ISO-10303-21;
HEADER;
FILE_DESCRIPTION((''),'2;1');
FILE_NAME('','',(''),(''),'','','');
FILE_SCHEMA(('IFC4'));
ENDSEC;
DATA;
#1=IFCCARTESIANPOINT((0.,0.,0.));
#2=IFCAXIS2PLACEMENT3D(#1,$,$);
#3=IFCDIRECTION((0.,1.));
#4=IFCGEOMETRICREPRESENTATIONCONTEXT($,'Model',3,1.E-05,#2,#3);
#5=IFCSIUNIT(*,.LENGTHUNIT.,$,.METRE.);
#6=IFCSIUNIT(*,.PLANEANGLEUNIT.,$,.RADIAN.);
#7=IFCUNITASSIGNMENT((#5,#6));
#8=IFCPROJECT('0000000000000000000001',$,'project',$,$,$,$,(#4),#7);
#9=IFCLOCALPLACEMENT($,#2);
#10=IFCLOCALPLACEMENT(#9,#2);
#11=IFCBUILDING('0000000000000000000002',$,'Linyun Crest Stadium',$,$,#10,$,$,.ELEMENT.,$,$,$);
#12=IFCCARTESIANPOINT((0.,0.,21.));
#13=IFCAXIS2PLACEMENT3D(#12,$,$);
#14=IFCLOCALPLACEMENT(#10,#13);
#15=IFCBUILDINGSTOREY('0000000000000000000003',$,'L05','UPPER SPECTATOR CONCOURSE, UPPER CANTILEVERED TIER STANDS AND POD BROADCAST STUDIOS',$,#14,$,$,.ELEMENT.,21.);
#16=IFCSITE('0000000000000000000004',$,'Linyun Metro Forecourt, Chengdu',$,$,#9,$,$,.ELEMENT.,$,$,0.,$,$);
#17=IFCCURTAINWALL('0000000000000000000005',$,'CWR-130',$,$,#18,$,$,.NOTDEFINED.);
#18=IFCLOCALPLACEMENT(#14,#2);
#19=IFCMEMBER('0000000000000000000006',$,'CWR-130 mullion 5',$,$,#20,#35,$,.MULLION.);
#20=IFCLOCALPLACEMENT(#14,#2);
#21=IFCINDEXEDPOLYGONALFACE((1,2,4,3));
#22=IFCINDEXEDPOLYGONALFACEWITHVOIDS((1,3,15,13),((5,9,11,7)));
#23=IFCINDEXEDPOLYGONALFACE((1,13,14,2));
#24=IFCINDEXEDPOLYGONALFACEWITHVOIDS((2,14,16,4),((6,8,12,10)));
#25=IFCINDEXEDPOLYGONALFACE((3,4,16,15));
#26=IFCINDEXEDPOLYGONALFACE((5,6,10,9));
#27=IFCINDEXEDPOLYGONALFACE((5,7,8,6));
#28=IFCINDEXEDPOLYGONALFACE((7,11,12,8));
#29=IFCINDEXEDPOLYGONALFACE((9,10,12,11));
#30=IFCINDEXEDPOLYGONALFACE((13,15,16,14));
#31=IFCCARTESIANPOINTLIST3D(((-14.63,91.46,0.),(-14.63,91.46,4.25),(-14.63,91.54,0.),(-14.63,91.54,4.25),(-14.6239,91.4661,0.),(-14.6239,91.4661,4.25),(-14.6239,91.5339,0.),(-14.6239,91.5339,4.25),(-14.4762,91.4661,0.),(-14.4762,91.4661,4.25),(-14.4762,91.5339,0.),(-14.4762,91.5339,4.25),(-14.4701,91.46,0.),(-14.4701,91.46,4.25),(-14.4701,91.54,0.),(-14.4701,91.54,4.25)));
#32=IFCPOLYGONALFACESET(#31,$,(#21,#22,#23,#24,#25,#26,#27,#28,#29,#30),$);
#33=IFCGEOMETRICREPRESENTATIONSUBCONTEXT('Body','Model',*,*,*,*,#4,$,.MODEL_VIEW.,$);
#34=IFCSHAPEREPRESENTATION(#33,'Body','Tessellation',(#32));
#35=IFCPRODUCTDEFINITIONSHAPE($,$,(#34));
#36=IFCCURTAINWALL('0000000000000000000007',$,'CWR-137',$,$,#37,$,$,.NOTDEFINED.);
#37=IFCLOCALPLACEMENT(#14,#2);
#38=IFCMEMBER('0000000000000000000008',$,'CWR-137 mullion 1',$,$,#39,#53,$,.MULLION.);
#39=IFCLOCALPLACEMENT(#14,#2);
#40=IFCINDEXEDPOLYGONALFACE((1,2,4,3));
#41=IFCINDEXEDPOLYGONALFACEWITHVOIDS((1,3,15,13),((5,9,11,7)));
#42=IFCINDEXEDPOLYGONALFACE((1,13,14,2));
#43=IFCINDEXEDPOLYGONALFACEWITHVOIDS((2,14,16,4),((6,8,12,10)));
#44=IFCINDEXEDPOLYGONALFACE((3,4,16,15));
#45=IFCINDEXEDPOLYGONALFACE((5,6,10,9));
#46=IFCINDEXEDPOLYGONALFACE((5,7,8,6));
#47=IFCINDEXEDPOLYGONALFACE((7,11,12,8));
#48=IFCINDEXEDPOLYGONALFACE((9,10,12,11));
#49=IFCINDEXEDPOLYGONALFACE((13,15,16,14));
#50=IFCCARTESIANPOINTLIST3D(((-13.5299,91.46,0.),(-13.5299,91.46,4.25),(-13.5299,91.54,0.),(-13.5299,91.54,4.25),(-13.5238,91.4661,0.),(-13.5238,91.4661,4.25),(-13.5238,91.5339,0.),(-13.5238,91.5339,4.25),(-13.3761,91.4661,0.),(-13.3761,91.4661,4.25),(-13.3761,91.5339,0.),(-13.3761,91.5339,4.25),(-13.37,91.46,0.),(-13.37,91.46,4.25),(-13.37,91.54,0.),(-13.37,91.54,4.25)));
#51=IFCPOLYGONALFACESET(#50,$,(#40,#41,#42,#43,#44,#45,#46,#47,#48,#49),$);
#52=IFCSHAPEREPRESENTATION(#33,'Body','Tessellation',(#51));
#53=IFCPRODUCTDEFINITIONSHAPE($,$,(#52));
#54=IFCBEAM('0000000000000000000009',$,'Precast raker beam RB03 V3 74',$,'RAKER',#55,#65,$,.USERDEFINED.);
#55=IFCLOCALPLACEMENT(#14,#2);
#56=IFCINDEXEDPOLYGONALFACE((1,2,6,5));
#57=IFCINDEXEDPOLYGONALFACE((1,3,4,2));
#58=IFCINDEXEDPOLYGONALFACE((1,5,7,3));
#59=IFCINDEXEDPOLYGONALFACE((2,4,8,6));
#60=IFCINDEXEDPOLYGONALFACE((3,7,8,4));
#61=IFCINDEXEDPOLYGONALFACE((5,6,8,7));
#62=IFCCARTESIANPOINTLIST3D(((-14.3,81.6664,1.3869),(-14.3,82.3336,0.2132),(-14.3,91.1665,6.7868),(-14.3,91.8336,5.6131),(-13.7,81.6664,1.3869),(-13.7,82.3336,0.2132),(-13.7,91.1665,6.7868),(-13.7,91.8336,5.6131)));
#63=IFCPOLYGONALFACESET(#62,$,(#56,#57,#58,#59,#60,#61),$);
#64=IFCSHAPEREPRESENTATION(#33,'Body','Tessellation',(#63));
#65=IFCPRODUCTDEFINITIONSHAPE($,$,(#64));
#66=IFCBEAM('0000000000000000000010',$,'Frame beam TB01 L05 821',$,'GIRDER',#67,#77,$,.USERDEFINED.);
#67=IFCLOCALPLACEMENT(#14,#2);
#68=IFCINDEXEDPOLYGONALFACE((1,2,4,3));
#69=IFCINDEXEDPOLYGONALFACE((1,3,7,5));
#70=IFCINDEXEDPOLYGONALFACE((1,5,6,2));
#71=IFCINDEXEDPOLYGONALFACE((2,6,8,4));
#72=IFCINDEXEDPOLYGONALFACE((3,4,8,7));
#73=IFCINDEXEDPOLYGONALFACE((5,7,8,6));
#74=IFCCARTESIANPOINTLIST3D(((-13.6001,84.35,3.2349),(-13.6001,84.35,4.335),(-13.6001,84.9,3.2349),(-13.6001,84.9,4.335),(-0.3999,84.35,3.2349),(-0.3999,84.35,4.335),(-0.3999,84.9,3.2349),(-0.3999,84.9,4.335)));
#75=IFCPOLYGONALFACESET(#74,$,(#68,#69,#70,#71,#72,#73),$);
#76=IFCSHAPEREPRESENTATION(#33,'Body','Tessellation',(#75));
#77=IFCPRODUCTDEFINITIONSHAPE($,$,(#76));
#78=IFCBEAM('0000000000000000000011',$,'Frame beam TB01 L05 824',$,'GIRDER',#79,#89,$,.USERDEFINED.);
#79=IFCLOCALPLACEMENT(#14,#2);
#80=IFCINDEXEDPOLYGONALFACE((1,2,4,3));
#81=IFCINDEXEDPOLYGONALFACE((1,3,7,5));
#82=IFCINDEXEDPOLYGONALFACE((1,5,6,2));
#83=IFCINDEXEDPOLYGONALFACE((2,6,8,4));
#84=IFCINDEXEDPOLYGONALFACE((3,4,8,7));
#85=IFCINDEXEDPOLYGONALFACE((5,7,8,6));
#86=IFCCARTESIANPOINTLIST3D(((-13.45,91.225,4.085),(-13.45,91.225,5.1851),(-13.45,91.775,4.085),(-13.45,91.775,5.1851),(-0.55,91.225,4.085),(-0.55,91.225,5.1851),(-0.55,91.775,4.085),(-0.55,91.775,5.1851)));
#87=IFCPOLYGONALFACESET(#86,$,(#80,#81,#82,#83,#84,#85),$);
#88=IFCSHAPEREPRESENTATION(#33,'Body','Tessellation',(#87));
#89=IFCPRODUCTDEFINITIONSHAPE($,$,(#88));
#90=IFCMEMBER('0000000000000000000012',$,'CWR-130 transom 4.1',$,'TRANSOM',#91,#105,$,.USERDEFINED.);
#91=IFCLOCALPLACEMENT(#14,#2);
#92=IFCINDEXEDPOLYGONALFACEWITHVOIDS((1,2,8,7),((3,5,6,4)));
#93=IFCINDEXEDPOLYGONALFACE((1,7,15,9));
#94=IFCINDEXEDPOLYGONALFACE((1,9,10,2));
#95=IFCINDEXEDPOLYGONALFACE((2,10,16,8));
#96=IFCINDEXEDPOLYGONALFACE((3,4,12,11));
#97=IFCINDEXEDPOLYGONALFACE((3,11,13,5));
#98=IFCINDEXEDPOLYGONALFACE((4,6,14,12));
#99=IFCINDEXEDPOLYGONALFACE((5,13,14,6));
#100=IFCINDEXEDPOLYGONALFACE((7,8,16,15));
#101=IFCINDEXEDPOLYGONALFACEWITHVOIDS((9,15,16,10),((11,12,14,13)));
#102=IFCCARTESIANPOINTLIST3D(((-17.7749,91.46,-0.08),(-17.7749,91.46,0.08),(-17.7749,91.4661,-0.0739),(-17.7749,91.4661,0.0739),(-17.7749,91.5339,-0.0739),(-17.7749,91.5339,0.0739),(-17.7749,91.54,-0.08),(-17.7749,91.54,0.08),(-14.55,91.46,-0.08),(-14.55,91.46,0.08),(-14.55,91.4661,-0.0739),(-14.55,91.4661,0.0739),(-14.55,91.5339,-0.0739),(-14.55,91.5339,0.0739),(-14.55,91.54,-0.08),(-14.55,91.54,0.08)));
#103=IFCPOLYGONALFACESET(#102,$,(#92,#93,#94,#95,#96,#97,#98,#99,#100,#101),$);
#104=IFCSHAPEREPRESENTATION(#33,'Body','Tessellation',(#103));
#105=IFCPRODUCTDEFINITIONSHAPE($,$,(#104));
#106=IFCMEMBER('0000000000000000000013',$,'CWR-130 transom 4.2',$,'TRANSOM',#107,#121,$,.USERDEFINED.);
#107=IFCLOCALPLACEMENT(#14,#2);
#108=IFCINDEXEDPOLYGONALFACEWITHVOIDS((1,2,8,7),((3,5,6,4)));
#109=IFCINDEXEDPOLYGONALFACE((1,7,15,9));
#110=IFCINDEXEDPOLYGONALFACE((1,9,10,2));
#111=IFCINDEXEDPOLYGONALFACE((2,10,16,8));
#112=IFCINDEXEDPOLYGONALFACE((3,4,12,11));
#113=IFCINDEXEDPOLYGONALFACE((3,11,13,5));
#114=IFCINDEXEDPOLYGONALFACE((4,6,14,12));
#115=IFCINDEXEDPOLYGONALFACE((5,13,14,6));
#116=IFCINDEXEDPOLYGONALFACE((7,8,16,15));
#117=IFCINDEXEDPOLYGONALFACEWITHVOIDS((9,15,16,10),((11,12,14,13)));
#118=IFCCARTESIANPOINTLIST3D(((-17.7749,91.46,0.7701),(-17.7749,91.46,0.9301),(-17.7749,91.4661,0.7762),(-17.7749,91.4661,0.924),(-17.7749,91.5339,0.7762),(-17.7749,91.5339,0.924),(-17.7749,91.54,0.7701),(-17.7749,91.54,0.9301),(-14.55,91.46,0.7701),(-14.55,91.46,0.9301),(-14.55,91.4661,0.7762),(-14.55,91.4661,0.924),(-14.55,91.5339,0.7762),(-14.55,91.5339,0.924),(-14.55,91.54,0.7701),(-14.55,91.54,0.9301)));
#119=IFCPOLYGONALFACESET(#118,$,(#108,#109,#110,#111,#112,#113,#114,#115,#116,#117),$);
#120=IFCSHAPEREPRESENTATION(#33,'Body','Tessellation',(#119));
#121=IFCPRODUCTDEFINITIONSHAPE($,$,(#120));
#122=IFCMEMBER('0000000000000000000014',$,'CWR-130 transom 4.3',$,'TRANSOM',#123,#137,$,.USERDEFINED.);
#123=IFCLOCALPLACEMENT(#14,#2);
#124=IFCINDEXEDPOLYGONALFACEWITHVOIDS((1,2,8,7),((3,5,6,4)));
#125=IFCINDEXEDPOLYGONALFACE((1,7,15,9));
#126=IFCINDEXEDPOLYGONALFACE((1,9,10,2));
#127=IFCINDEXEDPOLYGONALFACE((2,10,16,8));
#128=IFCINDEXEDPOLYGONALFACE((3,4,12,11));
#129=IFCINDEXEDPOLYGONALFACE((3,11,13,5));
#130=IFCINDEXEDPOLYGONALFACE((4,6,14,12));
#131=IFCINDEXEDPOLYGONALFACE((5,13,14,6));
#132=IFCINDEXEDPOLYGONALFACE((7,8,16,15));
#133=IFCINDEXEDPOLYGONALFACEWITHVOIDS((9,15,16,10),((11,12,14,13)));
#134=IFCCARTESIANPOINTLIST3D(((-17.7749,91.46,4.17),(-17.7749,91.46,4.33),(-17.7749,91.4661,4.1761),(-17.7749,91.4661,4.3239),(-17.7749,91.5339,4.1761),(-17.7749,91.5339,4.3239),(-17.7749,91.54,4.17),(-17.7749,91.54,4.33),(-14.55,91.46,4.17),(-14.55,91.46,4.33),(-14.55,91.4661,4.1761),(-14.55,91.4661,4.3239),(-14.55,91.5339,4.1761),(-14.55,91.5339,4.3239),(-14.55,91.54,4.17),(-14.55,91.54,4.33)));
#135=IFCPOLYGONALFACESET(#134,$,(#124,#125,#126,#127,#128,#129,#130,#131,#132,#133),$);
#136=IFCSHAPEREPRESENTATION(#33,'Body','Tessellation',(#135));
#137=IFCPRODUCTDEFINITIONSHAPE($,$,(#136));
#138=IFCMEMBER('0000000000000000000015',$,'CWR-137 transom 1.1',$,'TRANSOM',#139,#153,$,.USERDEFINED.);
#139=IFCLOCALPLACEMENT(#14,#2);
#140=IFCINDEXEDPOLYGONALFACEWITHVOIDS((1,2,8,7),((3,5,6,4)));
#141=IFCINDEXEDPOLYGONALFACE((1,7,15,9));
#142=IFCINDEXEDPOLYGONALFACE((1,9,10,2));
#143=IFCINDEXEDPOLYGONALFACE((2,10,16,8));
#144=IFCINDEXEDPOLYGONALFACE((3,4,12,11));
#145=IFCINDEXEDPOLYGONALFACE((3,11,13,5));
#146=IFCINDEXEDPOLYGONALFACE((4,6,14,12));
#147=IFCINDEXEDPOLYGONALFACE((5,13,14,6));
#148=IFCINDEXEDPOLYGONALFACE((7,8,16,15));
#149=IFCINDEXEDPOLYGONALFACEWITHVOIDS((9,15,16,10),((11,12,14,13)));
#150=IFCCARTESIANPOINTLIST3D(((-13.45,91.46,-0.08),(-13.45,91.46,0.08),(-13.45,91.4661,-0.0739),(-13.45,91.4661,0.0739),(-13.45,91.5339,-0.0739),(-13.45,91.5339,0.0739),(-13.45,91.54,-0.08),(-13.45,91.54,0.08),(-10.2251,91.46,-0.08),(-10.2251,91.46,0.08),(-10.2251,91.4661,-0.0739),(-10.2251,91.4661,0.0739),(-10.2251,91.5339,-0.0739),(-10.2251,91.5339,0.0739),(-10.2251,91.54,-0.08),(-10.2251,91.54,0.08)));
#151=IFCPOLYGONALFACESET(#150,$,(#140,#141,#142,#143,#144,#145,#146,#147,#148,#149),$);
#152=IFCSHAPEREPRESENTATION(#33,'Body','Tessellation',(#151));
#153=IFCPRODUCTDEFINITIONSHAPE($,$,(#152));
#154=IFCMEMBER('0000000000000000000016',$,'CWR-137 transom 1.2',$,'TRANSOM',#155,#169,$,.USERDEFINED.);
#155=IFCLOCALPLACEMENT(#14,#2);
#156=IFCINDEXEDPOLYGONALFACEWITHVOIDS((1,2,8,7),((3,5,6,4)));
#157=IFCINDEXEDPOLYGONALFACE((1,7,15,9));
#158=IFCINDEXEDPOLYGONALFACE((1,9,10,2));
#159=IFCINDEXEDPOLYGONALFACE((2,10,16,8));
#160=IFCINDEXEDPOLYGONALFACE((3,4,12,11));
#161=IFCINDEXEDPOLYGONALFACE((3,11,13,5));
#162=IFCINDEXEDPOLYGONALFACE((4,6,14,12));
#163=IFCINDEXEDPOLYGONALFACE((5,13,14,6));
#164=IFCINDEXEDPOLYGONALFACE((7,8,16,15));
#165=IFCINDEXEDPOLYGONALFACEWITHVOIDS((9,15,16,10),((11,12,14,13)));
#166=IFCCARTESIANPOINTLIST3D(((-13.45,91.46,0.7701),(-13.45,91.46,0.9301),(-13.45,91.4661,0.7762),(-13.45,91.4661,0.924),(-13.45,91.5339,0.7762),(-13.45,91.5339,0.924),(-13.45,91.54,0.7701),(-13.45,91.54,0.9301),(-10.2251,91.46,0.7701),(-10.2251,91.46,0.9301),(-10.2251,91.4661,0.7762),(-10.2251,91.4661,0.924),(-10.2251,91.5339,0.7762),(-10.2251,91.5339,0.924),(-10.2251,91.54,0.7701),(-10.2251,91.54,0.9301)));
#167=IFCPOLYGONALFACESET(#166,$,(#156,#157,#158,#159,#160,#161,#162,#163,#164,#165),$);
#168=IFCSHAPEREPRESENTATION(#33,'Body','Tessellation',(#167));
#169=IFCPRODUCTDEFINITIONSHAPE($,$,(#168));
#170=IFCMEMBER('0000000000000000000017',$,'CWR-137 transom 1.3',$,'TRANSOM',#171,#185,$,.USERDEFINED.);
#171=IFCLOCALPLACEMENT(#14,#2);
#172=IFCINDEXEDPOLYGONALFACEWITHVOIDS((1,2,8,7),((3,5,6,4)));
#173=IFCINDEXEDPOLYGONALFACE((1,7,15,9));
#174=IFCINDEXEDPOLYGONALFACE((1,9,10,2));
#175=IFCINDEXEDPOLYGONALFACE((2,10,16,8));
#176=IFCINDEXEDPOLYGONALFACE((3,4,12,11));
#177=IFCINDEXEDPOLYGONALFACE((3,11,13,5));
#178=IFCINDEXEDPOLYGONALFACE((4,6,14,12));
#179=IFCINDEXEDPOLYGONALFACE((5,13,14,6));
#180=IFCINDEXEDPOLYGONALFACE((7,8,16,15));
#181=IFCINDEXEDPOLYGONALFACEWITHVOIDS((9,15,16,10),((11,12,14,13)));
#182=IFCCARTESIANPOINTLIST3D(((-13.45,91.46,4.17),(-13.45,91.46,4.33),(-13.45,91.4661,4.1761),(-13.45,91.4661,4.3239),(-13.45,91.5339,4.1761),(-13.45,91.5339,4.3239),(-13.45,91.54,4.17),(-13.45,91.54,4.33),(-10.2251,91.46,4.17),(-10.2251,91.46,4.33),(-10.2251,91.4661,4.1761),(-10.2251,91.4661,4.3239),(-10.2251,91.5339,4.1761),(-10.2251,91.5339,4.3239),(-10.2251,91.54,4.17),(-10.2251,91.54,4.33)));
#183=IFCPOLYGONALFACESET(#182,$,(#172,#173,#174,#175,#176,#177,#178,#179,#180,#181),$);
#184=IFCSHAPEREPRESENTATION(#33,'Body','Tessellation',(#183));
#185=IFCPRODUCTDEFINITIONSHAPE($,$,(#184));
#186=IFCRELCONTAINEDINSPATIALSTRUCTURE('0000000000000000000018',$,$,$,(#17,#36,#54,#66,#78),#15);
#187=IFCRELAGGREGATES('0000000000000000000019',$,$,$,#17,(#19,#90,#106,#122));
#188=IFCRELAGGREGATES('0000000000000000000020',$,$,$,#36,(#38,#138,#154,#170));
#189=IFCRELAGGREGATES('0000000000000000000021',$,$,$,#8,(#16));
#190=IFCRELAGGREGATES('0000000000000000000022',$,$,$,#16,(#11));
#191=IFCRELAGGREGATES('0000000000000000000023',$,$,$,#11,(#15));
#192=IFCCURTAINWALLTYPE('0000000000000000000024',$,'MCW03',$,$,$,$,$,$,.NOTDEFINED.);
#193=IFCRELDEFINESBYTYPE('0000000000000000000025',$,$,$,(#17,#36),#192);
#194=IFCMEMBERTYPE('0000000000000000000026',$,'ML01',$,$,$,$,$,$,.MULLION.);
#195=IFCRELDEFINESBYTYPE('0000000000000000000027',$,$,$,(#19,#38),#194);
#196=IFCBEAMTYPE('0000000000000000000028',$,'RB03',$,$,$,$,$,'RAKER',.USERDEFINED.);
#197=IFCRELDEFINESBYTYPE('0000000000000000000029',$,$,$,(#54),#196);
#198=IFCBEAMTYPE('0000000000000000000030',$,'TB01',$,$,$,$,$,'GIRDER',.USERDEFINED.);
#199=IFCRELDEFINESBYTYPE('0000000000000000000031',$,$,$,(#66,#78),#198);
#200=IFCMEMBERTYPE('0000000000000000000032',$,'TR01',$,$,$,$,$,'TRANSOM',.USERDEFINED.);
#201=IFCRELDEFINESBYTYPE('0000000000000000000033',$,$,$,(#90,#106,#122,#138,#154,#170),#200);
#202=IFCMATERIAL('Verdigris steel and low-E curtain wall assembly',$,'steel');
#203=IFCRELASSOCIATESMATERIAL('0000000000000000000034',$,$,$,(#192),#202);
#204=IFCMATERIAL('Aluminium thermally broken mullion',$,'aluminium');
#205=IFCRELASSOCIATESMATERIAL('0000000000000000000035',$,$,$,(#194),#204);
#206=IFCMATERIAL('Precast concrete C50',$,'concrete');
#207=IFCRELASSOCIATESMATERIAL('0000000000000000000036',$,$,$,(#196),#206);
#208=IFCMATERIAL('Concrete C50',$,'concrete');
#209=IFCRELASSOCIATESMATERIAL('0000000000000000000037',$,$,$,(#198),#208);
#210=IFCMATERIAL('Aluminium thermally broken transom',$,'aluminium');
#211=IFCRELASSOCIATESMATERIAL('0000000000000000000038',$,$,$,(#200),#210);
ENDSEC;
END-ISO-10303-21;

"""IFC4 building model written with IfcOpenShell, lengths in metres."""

from ifc_helpers import new_model, si_unit, direction, frame, origin, origin_2d, place, context, subcontext, project, spatial, rectangle, hollow_rectangle, extrude, material, material_profile, profile_set, type_object, element, aggregate, save


model = new_model("IFC4")

# Units and contexts
model_context = context("Model", 3, precision=1e-05, world=origin(), true_north=direction((0.0, 1.0)))
body_context = subcontext(model_context, "Body", "Model", "MODEL_VIEW")
ifc_project = project(units=[si_unit("LENGTHUNIT", "METRE"), si_unit("PLANEANGLEUNIT", "RADIAN")], contexts=[model_context])

# Site, building, storey
site_placement = place(None, origin())
site = spatial("IfcSite", under=ifc_project, at=site_placement, Name="Linyun Metro Forecourt, Chengdu", CompositionType="ELEMENT", RefElevation=0.0)
building_placement = place(site_placement, origin())
building = spatial("IfcBuilding", under=site, at=building_placement, Name="Linyun Crest Stadium", CompositionType="ELEMENT")
storey_placement = place(building_placement, frame((0.0, 0.0, 21.0)))
storey = spatial("IfcBuildingStorey", under=building, at=storey_placement, Name="L05", Description="UPPER SPECTATOR CONCOURSE, UPPER CANTILEVERED TIER STANDS AND POD BROADCAST STUDIOS", CompositionType="ELEMENT", Elevation=21.0)

# Curtain wall, member
ifc_material_1 = material(Name="Verdigris steel and low-E curtain wall assembly", Category="steel")
curtain_wall_type = type_object("IfcCurtainWallType", Name="MCW03", PredefinedType="NOTDEFINED", material=ifc_material_1)
curtain_wall_1_placement = place(storey_placement, origin())
curtain_wall_1 = element("IfcCurtainWall", 1, at=curtain_wall_1_placement, inside=storey, type_object=curtain_wall_type, Name="CWR-130", PredefinedType="NOTDEFINED")
ifc_material_2 = material(Name="Aluminium thermally broken mullion", Category="aluminium")
ifc_material_profile_1 = material_profile(ifc_material_2, hollow_rectangle(XDim=0.0801, YDim=0.1599, WallThickness=0.0061, at=origin_2d()), Name="RHS 160x80x6")
ifc_profile_set_1 = profile_set([ifc_material_profile_1], Name="Aluminium thermally broken mullion")
member_type_1 = type_object("IfcMemberType", Name="ML01", PredefinedType="MULLION", material=ifc_profile_set_1)
member_1_placement = place(storey_placement, frame((-14.55, 91.5, 0.0), z_axis=(0.0, 0.0, 1.0), x_axis=(0.0, 1.0, 0.0)))
member_1 = element("IfcMember", 2, at=member_1_placement, type_object=member_type_1, Name="CWR-130 mullion 5", PredefinedType="MULLION", context=body_context, shape_type="SweptSolid", body=[
    extrude(hollow_rectangle(XDim=0.0801, YDim=0.1599, WallThickness=0.0061, at=origin_2d()), origin(), (0.0, 0.0, 1.0), 4.25),
])

# Curtain wall, member
curtain_wall_2_placement = place(storey_placement, origin())
curtain_wall_2 = element("IfcCurtainWall", 3, at=curtain_wall_2_placement, inside=storey, type_object=curtain_wall_type, Name="CWR-137", PredefinedType="NOTDEFINED")
member_2_placement = place(storey_placement, frame((-13.45, 91.5, 0.0), z_axis=(0.0, 0.0, 1.0), x_axis=(0.0, 1.0, 0.0)))
member_2 = element("IfcMember", 4, at=member_2_placement, type_object=member_type_1, Name="CWR-137 mullion 1", PredefinedType="MULLION", context=body_context, shape_type="SweptSolid", body=[
    extrude(hollow_rectangle(XDim=0.0801, YDim=0.1599, WallThickness=0.0061, at=origin_2d()), origin(), (0.0, 0.0, 1.0), 4.25),
])

# Beams
ifc_material_3 = material(Name="Precast concrete C50", Category="concrete")
ifc_material_profile_2 = material_profile(ifc_material_3, rectangle(XDim=0.6001, YDim=1.3501, at=origin_2d()), Name="PCR 1350x600")
ifc_profile_set_2 = profile_set([ifc_material_profile_2], Name="Precast concrete C50")
beam_type_1 = type_object("IfcBeamType", Name="RB03", ElementType="RAKER", PredefinedType="USERDEFINED", material=ifc_profile_set_2)
beam_1_placement = place(storey_placement, frame((-14.0, 82.0, 0.8), z_axis=(0.0, 0.869371, 0.49416), x_axis=(-1.0, 0.0, 0.0)))
element("IfcBeam", 5, at=beam_1_placement, inside=storey, type_object=beam_type_1, Name="Precast raker beam RB03 V3 74", ObjectType="RAKER", PredefinedType="USERDEFINED", context=body_context, shape_type="SweptSolid", body=[
    extrude(rectangle(XDim=0.6001, YDim=1.3501, at=origin_2d()), origin(), (0.0, 0.0, 1.0), 10.9275),
])
ifc_material_4 = material(Name="Concrete C50", Category="concrete")
ifc_material_profile_3 = material_profile(ifc_material_4, rectangle(XDim=0.55, YDim=1.1001, at=origin_2d()), Name="RCB 1100x550")
ifc_profile_set_3 = profile_set([ifc_material_profile_3], Name="Concrete C50")
beam_type_2 = type_object("IfcBeamType", Name="TB01", ElementType="GIRDER", PredefinedType="USERDEFINED", material=ifc_profile_set_3)
beam_2_placement = place(storey_placement, frame((-13.6001, 84.625, 3.7849), z_axis=(1.0, 0.0, 0.0), x_axis=(0.0, 1.0, 0.0)))
element("IfcBeam", 6, at=beam_2_placement, inside=storey, type_object=beam_type_2, Name="Frame beam TB01 L05 821", ObjectType="GIRDER", PredefinedType="USERDEFINED", context=body_context, shape_type="SweptSolid", body=[
    extrude(rectangle(XDim=0.55, YDim=1.1001, at=origin_2d()), origin(), (0.0, 0.0, 1.0), 13.2002),
])
beam_3_placement = place(storey_placement, frame((-13.45, 91.5, 4.635), z_axis=(1.0, 0.0, 0.0), x_axis=(0.0, 1.0, 0.0)))
element("IfcBeam", 7, at=beam_3_placement, inside=storey, type_object=beam_type_2, Name="Frame beam TB01 L05 824", ObjectType="GIRDER", PredefinedType="USERDEFINED", context=body_context, shape_type="SweptSolid", body=[
    extrude(rectangle(XDim=0.55, YDim=1.1001, at=origin_2d()), origin(), (0.0, 0.0, 1.0), 12.8999),
])

# Members
ifc_material_5 = material(Name="Aluminium thermally broken transom", Category="aluminium")
ifc_material_profile_4 = material_profile(ifc_material_5, hollow_rectangle(XDim=0.0801, YDim=0.1599, WallThickness=0.0061, at=origin_2d()), Name="RHS 160x80x6")
ifc_profile_set_4 = profile_set([ifc_material_profile_4], Name="Aluminium thermally broken transom")
member_type_2 = type_object("IfcMemberType", Name="TR01", ElementType="TRANSOM", PredefinedType="USERDEFINED", material=ifc_profile_set_4)
member_3_placement = place(storey_placement, frame((-17.7749, 91.5, 0.0), z_axis=(1.0, 0.0, 0.0), x_axis=(0.0, 1.0, 0.0)))
member_3 = element("IfcMember", 8, at=member_3_placement, type_object=member_type_2, Name="CWR-130 transom 4.1", ObjectType="TRANSOM", PredefinedType="USERDEFINED", context=body_context, shape_type="SweptSolid", body=[
    extrude(hollow_rectangle(XDim=0.0801, YDim=0.1599, WallThickness=0.0061, at=origin_2d()), origin(), (0.0, 0.0, 1.0), 3.2249),
])
member_4_placement = place(storey_placement, frame((-17.7749, 91.5, 0.8501), z_axis=(1.0, 0.0, 0.0), x_axis=(0.0, 1.0, 0.0)))
member_4 = element("IfcMember", 9, at=member_4_placement, type_object=member_type_2, Name="CWR-130 transom 4.2", ObjectType="TRANSOM", PredefinedType="USERDEFINED", context=body_context, shape_type="SweptSolid", body=[
    extrude(hollow_rectangle(XDim=0.0801, YDim=0.1599, WallThickness=0.0061, at=origin_2d()), origin(), (0.0, 0.0, 1.0), 3.2249),
])
member_5_placement = place(storey_placement, frame((-17.7749, 91.5, 4.25), z_axis=(1.0, 0.0, 0.0), x_axis=(0.0, 1.0, 0.0)))
member_5 = element("IfcMember", 10, at=member_5_placement, type_object=member_type_2, Name="CWR-130 transom 4.3", ObjectType="TRANSOM", PredefinedType="USERDEFINED", context=body_context, shape_type="SweptSolid", body=[
    extrude(hollow_rectangle(XDim=0.0801, YDim=0.1599, WallThickness=0.0061, at=origin_2d()), origin(), (0.0, 0.0, 1.0), 3.2249),
])
member_6_placement = place(storey_placement, frame((-13.45, 91.5, 0.0), z_axis=(1.0, 0.0, 0.0), x_axis=(0.0, 1.0, 0.0)))
member_6 = element("IfcMember", 11, at=member_6_placement, type_object=member_type_2, Name="CWR-137 transom 1.1", ObjectType="TRANSOM", PredefinedType="USERDEFINED", context=body_context, shape_type="SweptSolid", body=[
    extrude(hollow_rectangle(XDim=0.0801, YDim=0.1599, WallThickness=0.0061, at=origin_2d()), origin(), (0.0, 0.0, 1.0), 3.2249),
])
member_7_placement = place(storey_placement, frame((-13.45, 91.5, 0.8501), z_axis=(1.0, 0.0, 0.0), x_axis=(0.0, 1.0, 0.0)))
member_7 = element("IfcMember", 12, at=member_7_placement, type_object=member_type_2, Name="CWR-137 transom 1.2", ObjectType="TRANSOM", PredefinedType="USERDEFINED", context=body_context, shape_type="SweptSolid", body=[
    extrude(hollow_rectangle(XDim=0.0801, YDim=0.1599, WallThickness=0.0061, at=origin_2d()), origin(), (0.0, 0.0, 1.0), 3.2249),
])
member_8_placement = place(storey_placement, frame((-13.45, 91.5, 4.25), z_axis=(1.0, 0.0, 0.0), x_axis=(0.0, 1.0, 0.0)))
member_8 = element("IfcMember", 13, at=member_8_placement, type_object=member_type_2, Name="CWR-137 transom 1.3", ObjectType="TRANSOM", PredefinedType="USERDEFINED", context=body_context, shape_type="SweptSolid", body=[
    extrude(hollow_rectangle(XDim=0.0801, YDim=0.1599, WallThickness=0.0061, at=origin_2d()), origin(), (0.0, 0.0, 1.0), 3.2249),
])

aggregate(curtain_wall_1, [member_1, member_3, member_4, member_5])
aggregate(curtain_wall_2, [member_2, member_6, member_7, member_8])

save(model, "model.ifc")
